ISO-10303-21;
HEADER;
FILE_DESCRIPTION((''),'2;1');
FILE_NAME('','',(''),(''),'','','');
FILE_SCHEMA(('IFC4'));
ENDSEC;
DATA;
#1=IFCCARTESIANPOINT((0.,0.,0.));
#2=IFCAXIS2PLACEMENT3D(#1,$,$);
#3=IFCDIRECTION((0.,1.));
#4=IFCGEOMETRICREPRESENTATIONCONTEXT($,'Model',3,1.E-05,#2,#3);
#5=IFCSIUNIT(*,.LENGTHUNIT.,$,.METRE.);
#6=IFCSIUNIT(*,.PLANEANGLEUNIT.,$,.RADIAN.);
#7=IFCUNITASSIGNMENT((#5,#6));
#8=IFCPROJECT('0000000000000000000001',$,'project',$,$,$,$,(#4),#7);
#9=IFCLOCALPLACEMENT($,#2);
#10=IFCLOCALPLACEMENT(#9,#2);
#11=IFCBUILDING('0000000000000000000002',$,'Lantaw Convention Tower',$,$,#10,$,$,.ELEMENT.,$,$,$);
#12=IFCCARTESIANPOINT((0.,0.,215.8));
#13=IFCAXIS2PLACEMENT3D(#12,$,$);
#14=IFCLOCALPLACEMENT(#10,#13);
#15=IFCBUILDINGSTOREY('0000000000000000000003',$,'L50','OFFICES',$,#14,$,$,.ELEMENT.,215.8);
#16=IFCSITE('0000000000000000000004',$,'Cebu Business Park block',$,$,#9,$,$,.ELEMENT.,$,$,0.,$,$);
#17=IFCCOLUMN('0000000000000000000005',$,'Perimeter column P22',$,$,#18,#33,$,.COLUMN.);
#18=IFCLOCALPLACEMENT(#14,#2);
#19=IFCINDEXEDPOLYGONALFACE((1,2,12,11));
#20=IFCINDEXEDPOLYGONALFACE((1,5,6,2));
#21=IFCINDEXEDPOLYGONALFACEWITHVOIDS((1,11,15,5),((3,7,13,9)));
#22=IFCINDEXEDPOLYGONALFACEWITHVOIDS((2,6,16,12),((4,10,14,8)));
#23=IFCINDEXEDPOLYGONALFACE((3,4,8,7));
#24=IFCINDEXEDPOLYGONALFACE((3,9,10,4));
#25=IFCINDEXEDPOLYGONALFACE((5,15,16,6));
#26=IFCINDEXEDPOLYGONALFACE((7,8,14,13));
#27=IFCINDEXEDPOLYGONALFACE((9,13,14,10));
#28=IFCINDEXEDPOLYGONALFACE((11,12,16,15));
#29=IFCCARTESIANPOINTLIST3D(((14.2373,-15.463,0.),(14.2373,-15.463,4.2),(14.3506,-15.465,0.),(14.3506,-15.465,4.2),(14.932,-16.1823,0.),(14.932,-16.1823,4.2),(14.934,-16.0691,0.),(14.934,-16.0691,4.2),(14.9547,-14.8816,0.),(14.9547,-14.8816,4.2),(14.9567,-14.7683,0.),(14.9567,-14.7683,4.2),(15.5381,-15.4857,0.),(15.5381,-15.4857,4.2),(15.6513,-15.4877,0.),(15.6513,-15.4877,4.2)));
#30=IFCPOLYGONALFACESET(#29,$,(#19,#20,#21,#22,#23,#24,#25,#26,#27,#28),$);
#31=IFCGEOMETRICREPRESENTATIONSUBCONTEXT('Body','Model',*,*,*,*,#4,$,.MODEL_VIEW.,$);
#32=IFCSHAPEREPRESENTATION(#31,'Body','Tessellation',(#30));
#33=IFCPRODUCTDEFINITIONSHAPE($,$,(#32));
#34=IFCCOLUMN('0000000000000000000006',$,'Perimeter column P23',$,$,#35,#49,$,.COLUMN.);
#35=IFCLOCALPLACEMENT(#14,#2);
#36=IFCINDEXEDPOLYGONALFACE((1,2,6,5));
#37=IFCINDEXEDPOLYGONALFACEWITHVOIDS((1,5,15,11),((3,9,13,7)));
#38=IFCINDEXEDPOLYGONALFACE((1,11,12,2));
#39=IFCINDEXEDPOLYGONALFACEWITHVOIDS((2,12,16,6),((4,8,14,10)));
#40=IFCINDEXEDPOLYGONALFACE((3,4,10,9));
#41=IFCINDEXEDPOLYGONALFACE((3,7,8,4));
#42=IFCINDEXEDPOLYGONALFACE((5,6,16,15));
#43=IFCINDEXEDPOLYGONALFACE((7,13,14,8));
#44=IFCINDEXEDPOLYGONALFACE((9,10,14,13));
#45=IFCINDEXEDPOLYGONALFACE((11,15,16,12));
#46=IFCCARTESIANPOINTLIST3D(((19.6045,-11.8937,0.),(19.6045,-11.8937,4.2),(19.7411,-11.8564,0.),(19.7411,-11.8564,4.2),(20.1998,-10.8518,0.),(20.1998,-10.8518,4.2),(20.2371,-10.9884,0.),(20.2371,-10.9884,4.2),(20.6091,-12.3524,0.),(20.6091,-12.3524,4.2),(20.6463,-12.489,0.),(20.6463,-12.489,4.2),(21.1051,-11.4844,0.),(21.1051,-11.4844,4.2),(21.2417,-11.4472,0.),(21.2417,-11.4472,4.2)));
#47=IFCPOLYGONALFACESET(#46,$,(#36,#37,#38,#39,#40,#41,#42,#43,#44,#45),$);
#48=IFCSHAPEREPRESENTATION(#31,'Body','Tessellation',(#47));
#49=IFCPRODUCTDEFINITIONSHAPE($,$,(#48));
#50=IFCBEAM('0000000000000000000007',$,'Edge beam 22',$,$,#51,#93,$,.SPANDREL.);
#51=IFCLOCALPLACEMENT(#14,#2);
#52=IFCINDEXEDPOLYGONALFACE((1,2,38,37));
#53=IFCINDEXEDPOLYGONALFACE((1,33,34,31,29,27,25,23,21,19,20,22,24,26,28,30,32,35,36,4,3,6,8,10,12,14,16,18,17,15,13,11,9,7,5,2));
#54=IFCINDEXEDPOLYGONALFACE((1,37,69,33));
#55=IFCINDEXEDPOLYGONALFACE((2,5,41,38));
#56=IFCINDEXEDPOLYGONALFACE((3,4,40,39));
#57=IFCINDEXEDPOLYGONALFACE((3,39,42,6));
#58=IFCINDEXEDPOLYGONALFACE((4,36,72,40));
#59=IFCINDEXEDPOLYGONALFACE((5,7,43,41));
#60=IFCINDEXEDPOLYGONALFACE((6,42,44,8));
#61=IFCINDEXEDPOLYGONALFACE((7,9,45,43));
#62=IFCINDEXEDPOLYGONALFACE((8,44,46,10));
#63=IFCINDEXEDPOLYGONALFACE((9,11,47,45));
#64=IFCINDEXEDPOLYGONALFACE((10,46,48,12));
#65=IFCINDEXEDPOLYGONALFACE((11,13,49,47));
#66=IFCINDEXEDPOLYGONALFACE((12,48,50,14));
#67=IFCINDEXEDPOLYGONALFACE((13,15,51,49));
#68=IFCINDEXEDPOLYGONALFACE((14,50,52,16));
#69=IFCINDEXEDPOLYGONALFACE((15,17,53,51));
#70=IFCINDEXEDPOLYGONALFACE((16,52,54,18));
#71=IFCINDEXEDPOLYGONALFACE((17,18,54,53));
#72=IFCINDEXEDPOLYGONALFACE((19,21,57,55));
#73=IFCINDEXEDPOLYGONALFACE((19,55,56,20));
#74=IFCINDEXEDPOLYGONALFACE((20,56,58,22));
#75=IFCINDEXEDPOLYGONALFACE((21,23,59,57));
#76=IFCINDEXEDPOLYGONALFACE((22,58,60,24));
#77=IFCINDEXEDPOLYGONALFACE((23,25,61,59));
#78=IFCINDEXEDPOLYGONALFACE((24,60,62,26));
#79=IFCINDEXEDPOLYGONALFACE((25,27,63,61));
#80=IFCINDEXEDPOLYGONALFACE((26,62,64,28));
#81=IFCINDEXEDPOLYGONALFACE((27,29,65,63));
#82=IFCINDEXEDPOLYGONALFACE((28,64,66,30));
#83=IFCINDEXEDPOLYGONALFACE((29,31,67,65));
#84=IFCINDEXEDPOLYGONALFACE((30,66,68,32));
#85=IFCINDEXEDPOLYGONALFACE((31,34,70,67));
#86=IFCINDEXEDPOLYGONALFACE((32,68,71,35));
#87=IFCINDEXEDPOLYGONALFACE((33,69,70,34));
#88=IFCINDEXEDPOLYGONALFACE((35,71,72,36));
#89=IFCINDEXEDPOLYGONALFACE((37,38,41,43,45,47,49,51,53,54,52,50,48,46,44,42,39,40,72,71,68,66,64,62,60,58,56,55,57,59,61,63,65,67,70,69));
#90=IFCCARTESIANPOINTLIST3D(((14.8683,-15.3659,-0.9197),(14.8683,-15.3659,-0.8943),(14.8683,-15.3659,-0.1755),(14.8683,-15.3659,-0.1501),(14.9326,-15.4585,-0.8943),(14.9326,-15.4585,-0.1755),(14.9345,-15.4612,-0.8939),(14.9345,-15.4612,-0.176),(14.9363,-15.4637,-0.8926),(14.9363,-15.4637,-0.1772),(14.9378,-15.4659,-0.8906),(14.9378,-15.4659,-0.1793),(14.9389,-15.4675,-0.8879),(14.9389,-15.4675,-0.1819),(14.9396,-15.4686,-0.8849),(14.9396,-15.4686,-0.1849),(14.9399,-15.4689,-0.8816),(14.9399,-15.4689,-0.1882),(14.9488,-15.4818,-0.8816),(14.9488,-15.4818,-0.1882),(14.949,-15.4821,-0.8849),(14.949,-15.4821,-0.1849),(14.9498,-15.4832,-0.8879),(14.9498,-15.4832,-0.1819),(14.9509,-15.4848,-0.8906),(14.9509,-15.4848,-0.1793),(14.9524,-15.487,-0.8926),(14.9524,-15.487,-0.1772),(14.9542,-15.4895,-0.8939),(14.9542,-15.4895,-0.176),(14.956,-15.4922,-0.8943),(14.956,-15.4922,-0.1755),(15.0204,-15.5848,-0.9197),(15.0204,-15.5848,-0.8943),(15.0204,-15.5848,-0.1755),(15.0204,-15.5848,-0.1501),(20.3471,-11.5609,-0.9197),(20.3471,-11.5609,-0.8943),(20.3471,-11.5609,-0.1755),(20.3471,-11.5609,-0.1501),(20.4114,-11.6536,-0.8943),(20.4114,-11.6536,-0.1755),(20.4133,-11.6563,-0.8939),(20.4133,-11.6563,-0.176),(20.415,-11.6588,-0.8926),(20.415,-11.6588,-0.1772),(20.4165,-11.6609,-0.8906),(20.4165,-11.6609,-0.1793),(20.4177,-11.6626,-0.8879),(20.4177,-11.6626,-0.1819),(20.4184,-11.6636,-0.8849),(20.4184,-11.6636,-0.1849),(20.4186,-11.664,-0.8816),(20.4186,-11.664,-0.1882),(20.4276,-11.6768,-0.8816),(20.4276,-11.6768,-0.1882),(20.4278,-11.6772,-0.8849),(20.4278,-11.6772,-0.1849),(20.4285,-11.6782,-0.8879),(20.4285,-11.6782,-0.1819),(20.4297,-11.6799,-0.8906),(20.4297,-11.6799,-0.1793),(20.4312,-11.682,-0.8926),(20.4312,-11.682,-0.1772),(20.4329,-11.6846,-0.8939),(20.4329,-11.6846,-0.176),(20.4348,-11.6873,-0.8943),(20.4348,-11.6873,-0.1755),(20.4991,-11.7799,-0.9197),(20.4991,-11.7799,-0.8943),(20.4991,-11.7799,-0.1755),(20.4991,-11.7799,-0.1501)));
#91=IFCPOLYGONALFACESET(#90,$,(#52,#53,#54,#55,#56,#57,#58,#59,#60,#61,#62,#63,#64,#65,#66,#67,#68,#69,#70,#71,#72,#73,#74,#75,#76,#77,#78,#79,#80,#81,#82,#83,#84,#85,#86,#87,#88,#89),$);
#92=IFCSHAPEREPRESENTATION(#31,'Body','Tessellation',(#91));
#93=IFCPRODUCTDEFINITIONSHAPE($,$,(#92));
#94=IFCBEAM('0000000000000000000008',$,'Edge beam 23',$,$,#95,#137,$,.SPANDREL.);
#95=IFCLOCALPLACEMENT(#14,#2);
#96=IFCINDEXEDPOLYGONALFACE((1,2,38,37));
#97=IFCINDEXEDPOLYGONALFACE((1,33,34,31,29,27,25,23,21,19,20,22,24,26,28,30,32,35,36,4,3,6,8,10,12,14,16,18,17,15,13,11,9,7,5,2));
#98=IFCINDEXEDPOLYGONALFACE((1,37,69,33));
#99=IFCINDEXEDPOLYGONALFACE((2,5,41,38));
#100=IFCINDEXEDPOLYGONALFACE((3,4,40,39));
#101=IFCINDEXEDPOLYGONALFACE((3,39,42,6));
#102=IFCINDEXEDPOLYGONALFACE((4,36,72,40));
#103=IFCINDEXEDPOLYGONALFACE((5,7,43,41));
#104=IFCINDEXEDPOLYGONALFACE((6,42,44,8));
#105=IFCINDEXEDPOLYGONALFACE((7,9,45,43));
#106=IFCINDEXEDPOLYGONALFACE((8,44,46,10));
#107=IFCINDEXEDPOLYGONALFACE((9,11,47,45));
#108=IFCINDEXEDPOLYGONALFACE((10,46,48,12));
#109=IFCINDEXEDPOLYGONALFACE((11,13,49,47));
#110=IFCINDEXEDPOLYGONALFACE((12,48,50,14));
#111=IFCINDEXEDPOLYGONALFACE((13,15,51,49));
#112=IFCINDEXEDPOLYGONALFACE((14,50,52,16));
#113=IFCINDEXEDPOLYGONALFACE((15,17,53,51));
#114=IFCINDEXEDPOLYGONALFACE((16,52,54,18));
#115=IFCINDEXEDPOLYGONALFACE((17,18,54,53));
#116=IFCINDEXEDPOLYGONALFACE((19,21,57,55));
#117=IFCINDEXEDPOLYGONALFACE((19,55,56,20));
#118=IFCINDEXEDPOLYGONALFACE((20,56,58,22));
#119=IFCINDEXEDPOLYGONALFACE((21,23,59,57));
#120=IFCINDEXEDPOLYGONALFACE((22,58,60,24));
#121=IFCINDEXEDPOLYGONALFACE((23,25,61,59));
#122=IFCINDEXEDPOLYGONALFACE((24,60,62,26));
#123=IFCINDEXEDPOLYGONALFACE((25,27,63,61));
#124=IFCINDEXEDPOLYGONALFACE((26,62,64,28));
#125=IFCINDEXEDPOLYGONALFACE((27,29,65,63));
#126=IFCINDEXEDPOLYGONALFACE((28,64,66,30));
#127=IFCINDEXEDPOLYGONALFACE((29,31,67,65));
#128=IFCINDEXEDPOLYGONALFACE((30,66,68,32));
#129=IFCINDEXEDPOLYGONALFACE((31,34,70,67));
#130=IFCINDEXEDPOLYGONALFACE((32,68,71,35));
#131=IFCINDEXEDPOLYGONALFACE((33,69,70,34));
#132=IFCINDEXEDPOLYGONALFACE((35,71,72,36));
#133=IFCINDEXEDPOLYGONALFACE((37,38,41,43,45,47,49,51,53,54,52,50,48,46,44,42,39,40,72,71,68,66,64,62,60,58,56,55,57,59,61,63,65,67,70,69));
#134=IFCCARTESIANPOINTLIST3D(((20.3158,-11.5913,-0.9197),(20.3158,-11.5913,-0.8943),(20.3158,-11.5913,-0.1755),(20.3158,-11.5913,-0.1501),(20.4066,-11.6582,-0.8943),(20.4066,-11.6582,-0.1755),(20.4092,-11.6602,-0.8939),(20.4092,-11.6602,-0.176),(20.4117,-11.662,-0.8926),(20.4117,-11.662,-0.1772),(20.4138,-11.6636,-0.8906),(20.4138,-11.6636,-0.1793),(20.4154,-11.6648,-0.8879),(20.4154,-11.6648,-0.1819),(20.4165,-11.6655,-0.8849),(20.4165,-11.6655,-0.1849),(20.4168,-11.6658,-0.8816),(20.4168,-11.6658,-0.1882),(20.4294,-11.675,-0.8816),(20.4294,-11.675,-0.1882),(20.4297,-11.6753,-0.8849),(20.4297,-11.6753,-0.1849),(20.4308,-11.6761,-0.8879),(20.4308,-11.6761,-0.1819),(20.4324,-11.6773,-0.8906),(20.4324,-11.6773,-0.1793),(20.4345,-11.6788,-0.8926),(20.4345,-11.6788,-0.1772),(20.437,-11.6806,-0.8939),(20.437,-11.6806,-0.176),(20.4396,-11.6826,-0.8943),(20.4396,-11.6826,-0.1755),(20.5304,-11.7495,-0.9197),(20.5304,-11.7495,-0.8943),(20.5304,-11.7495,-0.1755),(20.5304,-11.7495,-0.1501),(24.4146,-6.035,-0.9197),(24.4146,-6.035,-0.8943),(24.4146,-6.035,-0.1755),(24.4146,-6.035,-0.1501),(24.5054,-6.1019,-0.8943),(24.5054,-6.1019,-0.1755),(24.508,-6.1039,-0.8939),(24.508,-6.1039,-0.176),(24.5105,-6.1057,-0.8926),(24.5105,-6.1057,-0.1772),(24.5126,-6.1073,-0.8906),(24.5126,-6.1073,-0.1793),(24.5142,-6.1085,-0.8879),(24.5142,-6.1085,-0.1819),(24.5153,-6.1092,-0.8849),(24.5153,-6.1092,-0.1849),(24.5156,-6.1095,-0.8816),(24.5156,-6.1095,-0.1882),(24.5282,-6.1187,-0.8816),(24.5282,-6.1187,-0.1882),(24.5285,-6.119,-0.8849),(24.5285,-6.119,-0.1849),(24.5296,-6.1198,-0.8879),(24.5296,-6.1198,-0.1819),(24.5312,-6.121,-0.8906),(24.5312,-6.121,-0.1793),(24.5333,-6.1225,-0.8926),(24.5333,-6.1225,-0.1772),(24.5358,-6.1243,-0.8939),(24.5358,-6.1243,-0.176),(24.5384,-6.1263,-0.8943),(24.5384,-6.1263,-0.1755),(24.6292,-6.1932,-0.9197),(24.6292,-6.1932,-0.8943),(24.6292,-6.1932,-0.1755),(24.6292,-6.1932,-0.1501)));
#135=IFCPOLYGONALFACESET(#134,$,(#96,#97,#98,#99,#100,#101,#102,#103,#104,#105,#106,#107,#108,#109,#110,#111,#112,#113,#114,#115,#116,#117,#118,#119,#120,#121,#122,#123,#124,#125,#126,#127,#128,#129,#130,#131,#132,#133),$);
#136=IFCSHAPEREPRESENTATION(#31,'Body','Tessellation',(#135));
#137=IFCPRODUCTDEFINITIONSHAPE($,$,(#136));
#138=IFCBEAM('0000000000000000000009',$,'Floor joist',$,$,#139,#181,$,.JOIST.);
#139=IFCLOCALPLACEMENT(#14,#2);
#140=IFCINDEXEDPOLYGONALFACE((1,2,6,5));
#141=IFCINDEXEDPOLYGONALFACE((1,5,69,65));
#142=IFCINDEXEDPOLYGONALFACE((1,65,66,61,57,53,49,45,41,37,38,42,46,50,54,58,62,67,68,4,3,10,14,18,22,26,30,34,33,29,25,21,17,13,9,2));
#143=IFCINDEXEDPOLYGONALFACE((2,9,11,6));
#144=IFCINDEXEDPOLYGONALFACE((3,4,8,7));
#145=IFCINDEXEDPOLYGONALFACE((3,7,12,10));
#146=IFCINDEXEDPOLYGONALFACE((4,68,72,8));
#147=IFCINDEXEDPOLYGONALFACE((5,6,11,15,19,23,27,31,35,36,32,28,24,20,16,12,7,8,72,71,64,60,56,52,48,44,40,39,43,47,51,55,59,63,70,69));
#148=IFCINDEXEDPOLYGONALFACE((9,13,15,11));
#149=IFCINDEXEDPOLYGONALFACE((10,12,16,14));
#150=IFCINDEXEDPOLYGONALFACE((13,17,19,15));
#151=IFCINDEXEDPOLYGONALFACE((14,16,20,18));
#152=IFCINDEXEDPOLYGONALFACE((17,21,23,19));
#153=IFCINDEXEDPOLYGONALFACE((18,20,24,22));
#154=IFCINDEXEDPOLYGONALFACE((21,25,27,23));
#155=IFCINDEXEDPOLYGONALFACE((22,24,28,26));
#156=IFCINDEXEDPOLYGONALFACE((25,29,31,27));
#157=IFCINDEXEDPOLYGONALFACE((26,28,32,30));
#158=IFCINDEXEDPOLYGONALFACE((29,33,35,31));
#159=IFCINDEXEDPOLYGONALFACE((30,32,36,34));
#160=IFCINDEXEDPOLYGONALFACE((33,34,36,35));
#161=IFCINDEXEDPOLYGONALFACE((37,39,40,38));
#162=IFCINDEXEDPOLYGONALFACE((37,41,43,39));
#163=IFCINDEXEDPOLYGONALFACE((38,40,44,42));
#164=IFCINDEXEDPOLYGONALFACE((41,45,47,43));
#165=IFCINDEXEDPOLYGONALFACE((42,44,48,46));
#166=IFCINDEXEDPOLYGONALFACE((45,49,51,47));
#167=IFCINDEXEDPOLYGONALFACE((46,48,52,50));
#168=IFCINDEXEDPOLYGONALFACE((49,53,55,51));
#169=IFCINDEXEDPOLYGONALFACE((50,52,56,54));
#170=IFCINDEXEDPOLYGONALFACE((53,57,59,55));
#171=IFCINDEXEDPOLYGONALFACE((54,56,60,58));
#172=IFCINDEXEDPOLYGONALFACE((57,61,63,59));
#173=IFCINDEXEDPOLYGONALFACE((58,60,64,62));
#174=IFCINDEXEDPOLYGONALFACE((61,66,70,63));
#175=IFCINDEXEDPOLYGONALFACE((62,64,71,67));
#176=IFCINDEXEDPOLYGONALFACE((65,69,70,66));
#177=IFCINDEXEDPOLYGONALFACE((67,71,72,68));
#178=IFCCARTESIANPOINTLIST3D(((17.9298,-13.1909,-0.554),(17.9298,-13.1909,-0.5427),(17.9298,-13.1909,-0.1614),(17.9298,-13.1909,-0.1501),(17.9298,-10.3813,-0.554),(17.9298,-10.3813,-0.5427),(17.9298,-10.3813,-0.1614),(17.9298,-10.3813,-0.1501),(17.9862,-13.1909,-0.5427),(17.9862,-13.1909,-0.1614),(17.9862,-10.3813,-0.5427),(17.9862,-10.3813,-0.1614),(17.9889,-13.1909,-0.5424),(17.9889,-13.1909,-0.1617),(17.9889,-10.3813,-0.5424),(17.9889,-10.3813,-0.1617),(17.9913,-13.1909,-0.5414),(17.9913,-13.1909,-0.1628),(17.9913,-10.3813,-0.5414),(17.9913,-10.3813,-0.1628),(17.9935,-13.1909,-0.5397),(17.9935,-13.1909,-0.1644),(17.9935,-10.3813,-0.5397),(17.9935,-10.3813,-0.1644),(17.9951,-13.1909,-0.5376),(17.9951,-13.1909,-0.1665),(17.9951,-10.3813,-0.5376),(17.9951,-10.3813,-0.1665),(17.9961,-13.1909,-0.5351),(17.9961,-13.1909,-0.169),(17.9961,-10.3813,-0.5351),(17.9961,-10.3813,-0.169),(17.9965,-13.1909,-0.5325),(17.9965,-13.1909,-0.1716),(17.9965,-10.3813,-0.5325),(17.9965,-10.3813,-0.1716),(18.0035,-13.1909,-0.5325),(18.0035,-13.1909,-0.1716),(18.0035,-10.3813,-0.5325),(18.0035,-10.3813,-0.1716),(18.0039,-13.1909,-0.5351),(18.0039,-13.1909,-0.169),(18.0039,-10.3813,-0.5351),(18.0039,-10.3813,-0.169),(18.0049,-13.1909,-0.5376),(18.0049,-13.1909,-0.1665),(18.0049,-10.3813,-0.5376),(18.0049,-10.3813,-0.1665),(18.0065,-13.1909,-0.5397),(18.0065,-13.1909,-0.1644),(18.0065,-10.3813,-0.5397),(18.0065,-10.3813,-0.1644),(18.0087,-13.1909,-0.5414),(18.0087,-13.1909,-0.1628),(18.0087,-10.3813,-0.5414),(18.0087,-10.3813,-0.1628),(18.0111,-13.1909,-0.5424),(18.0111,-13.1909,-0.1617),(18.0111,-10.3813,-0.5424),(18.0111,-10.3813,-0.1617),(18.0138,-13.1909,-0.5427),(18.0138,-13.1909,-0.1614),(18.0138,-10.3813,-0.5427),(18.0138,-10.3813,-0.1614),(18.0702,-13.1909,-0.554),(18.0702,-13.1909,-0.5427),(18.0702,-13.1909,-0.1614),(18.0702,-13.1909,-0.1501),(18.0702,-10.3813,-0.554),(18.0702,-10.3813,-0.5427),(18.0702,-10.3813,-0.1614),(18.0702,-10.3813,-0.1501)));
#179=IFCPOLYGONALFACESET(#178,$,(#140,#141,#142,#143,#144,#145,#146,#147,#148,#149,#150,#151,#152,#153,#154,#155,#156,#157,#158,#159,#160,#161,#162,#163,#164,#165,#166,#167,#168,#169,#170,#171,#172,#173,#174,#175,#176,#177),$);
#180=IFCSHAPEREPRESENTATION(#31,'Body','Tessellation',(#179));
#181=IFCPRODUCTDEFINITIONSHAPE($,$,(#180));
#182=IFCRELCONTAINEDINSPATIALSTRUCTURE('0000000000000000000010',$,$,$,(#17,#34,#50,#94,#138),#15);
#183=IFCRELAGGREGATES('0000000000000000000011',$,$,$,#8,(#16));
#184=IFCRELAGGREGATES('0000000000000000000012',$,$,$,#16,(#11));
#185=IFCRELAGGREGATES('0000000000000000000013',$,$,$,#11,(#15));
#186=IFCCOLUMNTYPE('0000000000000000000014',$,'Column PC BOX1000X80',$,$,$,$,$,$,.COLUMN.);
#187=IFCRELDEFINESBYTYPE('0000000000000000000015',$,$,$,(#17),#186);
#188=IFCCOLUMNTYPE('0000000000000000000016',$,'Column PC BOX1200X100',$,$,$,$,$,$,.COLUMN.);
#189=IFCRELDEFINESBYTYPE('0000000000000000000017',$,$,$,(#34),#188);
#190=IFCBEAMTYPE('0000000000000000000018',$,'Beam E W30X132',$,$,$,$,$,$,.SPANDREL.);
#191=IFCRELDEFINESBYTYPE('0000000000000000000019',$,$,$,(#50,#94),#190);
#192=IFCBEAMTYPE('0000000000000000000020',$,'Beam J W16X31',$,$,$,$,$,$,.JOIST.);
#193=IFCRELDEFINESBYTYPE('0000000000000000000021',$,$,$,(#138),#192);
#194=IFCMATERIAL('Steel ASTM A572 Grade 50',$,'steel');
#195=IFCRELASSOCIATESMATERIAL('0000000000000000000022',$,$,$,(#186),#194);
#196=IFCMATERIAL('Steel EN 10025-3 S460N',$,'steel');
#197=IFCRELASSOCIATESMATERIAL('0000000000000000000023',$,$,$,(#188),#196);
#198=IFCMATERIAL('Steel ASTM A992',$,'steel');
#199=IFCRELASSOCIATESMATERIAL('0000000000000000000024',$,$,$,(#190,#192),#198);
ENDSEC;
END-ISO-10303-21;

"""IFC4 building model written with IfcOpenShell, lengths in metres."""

from ifc_helpers import new_model, si_unit, direction, frame, origin, origin_2d, place, context, subcontext, project, spatial, rectangle, hollow_rectangle, i_section, extrude, material, material_profile, profile_set, type_object, element, save


model = new_model("IFC4")

# Units and contexts
model_context = context("Model", 3, precision=1e-05, world=origin(), true_north=direction((0.0, 1.0)))
body_context = subcontext(model_context, "Body", "Model", "MODEL_VIEW")
ifc_project = project(units=[si_unit("LENGTHUNIT", "METRE"), si_unit("PLANEANGLEUNIT", "RADIAN")], contexts=[model_context])

# Site, building, storey
site_placement = place(None, origin())
site = spatial("IfcSite", under=ifc_project, at=site_placement, Name="Cebu Business Park block", CompositionType="ELEMENT", RefElevation=0.0)
building_placement = place(site_placement, origin())
building = spatial("IfcBuilding", under=site, at=building_placement, Name="Lantaw Convention Tower", CompositionType="ELEMENT")
storey_placement = place(building_placement, frame((0.0, 0.0, 215.8)))
storey = spatial("IfcBuildingStorey", under=building, at=storey_placement, Name="L50", Description="OFFICES", CompositionType="ELEMENT", Elevation=215.8)

# Columns
ifc_material_1 = material(Name="Steel ASTM A572 Grade 50", Category="steel")
ifc_material_profile_1 = material_profile(ifc_material_1, hollow_rectangle(XDim=1.0, YDim=1.0, WallThickness=0.0801, at=origin_2d()), Name="BOX1000X80")
ifc_material_2 = material(Name="Concrete C60/75", Category="concrete")
ifc_material_profile_2 = material_profile(ifc_material_2, rectangle(XDim=0.8401, YDim=0.8401, at=origin_2d()), Name="Concrete fill of BOX1000X80")
ifc_profile_set_1 = profile_set([ifc_material_profile_1, ifc_material_profile_2], Name="Steel ASTM A572 Grade 50")
column_type_1 = type_object("IfcColumnType", Name="Column PC BOX1000X80", PredefinedType="COLUMN", material=ifc_profile_set_1)
column_1_placement = place(storey_placement, frame((14.9443, -15.4753, 0.0), z_axis=(0.0, 0.0, 1.0), x_axis=(0.71934, 0.694658, 0.0)))
element("IfcColumn", 1, at=column_1_placement, inside=storey, type_object=column_type_1, Name="Perimeter column P22", PredefinedType="COLUMN", context=body_context, shape_type="SweptSolid", body=[
    extrude(hollow_rectangle(XDim=1.0, YDim=1.0, WallThickness=0.0801, at=origin_2d()), origin(), (0.0, 0.0, 1.0), 4.2),
])
ifc_material_3 = material(Name="Steel EN 10025-3 S460N", Category="steel")
ifc_material_profile_3 = material_profile(ifc_material_3, hollow_rectangle(XDim=1.2, YDim=1.2, WallThickness=0.1001, at=origin_2d()), Name="BOX1200X100")
ifc_material_profile_4 = material_profile(ifc_material_2, rectangle(XDim=1.0, YDim=1.0, at=origin_2d()), Name="Concrete fill of BOX1200X100")
ifc_profile_set_2 = profile_set([ifc_material_profile_3, ifc_material_profile_4], Name="Steel EN 10025-3 S460N")
column_type_2 = type_object("IfcColumnType", Name="Column PC BOX1200X100", PredefinedType="COLUMN", material=ifc_profile_set_2)
column_2_placement = place(storey_placement, frame((20.4231, -11.6704, 0.0), z_axis=(0.0, 0.0, 1.0), x_axis=(0.496139, 0.868243, 0.0)))
element("IfcColumn", 2, at=column_2_placement, inside=storey, type_object=column_type_2, Name="Perimeter column P23", PredefinedType="COLUMN", context=body_context, shape_type="SweptSolid", body=[
    extrude(hollow_rectangle(XDim=1.2, YDim=1.2, WallThickness=0.1001, at=origin_2d()), origin(), (0.0, 0.0, 1.0), 4.2),
])

# Beams
ifc_material_4 = material(Name="Steel ASTM A992", Category="steel")
ifc_material_profile_5 = material_profile(ifc_material_4, i_section(OverallWidth=0.2666, OverallDepth=0.7695, WebThickness=0.0156, FlangeThickness=0.0254, FilletRadius=0.0127, at=origin_2d()), Name="W30X132")
ifc_profile_set_3 = profile_set([ifc_material_profile_5], Name="Steel ASTM A992")
beam_type_1 = type_object("IfcBeamType", Name="Beam E W30X132", PredefinedType="SPANDREL", material=ifc_profile_set_3)
beam_1_placement = place(storey_placement, frame((14.9443, -15.4753, -0.5349), z_axis=(0.821353, 0.57042, 0.0), x_axis=(-0.57042, 0.821353, 0.0)))
element("IfcBeam", 3, at=beam_1_placement, inside=storey, type_object=beam_type_1, Name="Edge beam 22", PredefinedType="SPANDREL", context=body_context, shape_type="SweptSolid", body=[
    extrude(i_section(OverallWidth=0.2666, OverallDepth=0.7695, WebThickness=0.0156, FlangeThickness=0.0254, FilletRadius=0.0127, at=origin_2d()), origin(), (0.0, 0.0, 1.0), 6.6704),
])
beam_2_placement = place(storey_placement, frame((20.4231, -11.6704, -0.5349), z_axis=(0.593639, 0.804731, 0.0), x_axis=(-0.804731, 0.593639, 0.0)))
element("IfcBeam", 4, at=beam_2_placement, inside=storey, type_object=beam_type_1, Name="Edge beam 23", PredefinedType="SPANDREL", context=body_context, shape_type="SweptSolid", body=[
    extrude(i_section(OverallWidth=0.2666, OverallDepth=0.7695, WebThickness=0.0156, FlangeThickness=0.0254, FilletRadius=0.0127, at=origin_2d()), origin(), (0.0, 0.0, 1.0), 6.9045),
])
ifc_material_profile_6 = material_profile(ifc_material_4, i_section(OverallWidth=0.1404, OverallDepth=0.4038, WebThickness=0.0071, FlangeThickness=0.0112, FilletRadius=0.0103, at=origin_2d()), Name="W16X31")
ifc_profile_set_4 = profile_set([ifc_material_profile_6], Name="Steel ASTM A992")
beam_type_2 = type_object("IfcBeamType", Name="Beam J W16X31", PredefinedType="JOIST", material=ifc_profile_set_4)
beam_3_placement = place(storey_placement, frame((18.0, -13.1909, -0.3521), z_axis=(0.0, 1.0, 0.0), x_axis=(-1.0, 0.0, 0.0)))
element("IfcBeam", 5, at=beam_3_placement, inside=storey, type_object=beam_type_2, Name="Floor joist", PredefinedType="JOIST", context=body_context, shape_type="SweptSolid", body=[
    extrude(i_section(OverallWidth=0.1404, OverallDepth=0.4038, WebThickness=0.0071, FlangeThickness=0.0112, FilletRadius=0.0103, at=origin_2d()), origin(), (0.0, 0.0, 1.0), 2.8096),
])

save(model, "model.ifc")
